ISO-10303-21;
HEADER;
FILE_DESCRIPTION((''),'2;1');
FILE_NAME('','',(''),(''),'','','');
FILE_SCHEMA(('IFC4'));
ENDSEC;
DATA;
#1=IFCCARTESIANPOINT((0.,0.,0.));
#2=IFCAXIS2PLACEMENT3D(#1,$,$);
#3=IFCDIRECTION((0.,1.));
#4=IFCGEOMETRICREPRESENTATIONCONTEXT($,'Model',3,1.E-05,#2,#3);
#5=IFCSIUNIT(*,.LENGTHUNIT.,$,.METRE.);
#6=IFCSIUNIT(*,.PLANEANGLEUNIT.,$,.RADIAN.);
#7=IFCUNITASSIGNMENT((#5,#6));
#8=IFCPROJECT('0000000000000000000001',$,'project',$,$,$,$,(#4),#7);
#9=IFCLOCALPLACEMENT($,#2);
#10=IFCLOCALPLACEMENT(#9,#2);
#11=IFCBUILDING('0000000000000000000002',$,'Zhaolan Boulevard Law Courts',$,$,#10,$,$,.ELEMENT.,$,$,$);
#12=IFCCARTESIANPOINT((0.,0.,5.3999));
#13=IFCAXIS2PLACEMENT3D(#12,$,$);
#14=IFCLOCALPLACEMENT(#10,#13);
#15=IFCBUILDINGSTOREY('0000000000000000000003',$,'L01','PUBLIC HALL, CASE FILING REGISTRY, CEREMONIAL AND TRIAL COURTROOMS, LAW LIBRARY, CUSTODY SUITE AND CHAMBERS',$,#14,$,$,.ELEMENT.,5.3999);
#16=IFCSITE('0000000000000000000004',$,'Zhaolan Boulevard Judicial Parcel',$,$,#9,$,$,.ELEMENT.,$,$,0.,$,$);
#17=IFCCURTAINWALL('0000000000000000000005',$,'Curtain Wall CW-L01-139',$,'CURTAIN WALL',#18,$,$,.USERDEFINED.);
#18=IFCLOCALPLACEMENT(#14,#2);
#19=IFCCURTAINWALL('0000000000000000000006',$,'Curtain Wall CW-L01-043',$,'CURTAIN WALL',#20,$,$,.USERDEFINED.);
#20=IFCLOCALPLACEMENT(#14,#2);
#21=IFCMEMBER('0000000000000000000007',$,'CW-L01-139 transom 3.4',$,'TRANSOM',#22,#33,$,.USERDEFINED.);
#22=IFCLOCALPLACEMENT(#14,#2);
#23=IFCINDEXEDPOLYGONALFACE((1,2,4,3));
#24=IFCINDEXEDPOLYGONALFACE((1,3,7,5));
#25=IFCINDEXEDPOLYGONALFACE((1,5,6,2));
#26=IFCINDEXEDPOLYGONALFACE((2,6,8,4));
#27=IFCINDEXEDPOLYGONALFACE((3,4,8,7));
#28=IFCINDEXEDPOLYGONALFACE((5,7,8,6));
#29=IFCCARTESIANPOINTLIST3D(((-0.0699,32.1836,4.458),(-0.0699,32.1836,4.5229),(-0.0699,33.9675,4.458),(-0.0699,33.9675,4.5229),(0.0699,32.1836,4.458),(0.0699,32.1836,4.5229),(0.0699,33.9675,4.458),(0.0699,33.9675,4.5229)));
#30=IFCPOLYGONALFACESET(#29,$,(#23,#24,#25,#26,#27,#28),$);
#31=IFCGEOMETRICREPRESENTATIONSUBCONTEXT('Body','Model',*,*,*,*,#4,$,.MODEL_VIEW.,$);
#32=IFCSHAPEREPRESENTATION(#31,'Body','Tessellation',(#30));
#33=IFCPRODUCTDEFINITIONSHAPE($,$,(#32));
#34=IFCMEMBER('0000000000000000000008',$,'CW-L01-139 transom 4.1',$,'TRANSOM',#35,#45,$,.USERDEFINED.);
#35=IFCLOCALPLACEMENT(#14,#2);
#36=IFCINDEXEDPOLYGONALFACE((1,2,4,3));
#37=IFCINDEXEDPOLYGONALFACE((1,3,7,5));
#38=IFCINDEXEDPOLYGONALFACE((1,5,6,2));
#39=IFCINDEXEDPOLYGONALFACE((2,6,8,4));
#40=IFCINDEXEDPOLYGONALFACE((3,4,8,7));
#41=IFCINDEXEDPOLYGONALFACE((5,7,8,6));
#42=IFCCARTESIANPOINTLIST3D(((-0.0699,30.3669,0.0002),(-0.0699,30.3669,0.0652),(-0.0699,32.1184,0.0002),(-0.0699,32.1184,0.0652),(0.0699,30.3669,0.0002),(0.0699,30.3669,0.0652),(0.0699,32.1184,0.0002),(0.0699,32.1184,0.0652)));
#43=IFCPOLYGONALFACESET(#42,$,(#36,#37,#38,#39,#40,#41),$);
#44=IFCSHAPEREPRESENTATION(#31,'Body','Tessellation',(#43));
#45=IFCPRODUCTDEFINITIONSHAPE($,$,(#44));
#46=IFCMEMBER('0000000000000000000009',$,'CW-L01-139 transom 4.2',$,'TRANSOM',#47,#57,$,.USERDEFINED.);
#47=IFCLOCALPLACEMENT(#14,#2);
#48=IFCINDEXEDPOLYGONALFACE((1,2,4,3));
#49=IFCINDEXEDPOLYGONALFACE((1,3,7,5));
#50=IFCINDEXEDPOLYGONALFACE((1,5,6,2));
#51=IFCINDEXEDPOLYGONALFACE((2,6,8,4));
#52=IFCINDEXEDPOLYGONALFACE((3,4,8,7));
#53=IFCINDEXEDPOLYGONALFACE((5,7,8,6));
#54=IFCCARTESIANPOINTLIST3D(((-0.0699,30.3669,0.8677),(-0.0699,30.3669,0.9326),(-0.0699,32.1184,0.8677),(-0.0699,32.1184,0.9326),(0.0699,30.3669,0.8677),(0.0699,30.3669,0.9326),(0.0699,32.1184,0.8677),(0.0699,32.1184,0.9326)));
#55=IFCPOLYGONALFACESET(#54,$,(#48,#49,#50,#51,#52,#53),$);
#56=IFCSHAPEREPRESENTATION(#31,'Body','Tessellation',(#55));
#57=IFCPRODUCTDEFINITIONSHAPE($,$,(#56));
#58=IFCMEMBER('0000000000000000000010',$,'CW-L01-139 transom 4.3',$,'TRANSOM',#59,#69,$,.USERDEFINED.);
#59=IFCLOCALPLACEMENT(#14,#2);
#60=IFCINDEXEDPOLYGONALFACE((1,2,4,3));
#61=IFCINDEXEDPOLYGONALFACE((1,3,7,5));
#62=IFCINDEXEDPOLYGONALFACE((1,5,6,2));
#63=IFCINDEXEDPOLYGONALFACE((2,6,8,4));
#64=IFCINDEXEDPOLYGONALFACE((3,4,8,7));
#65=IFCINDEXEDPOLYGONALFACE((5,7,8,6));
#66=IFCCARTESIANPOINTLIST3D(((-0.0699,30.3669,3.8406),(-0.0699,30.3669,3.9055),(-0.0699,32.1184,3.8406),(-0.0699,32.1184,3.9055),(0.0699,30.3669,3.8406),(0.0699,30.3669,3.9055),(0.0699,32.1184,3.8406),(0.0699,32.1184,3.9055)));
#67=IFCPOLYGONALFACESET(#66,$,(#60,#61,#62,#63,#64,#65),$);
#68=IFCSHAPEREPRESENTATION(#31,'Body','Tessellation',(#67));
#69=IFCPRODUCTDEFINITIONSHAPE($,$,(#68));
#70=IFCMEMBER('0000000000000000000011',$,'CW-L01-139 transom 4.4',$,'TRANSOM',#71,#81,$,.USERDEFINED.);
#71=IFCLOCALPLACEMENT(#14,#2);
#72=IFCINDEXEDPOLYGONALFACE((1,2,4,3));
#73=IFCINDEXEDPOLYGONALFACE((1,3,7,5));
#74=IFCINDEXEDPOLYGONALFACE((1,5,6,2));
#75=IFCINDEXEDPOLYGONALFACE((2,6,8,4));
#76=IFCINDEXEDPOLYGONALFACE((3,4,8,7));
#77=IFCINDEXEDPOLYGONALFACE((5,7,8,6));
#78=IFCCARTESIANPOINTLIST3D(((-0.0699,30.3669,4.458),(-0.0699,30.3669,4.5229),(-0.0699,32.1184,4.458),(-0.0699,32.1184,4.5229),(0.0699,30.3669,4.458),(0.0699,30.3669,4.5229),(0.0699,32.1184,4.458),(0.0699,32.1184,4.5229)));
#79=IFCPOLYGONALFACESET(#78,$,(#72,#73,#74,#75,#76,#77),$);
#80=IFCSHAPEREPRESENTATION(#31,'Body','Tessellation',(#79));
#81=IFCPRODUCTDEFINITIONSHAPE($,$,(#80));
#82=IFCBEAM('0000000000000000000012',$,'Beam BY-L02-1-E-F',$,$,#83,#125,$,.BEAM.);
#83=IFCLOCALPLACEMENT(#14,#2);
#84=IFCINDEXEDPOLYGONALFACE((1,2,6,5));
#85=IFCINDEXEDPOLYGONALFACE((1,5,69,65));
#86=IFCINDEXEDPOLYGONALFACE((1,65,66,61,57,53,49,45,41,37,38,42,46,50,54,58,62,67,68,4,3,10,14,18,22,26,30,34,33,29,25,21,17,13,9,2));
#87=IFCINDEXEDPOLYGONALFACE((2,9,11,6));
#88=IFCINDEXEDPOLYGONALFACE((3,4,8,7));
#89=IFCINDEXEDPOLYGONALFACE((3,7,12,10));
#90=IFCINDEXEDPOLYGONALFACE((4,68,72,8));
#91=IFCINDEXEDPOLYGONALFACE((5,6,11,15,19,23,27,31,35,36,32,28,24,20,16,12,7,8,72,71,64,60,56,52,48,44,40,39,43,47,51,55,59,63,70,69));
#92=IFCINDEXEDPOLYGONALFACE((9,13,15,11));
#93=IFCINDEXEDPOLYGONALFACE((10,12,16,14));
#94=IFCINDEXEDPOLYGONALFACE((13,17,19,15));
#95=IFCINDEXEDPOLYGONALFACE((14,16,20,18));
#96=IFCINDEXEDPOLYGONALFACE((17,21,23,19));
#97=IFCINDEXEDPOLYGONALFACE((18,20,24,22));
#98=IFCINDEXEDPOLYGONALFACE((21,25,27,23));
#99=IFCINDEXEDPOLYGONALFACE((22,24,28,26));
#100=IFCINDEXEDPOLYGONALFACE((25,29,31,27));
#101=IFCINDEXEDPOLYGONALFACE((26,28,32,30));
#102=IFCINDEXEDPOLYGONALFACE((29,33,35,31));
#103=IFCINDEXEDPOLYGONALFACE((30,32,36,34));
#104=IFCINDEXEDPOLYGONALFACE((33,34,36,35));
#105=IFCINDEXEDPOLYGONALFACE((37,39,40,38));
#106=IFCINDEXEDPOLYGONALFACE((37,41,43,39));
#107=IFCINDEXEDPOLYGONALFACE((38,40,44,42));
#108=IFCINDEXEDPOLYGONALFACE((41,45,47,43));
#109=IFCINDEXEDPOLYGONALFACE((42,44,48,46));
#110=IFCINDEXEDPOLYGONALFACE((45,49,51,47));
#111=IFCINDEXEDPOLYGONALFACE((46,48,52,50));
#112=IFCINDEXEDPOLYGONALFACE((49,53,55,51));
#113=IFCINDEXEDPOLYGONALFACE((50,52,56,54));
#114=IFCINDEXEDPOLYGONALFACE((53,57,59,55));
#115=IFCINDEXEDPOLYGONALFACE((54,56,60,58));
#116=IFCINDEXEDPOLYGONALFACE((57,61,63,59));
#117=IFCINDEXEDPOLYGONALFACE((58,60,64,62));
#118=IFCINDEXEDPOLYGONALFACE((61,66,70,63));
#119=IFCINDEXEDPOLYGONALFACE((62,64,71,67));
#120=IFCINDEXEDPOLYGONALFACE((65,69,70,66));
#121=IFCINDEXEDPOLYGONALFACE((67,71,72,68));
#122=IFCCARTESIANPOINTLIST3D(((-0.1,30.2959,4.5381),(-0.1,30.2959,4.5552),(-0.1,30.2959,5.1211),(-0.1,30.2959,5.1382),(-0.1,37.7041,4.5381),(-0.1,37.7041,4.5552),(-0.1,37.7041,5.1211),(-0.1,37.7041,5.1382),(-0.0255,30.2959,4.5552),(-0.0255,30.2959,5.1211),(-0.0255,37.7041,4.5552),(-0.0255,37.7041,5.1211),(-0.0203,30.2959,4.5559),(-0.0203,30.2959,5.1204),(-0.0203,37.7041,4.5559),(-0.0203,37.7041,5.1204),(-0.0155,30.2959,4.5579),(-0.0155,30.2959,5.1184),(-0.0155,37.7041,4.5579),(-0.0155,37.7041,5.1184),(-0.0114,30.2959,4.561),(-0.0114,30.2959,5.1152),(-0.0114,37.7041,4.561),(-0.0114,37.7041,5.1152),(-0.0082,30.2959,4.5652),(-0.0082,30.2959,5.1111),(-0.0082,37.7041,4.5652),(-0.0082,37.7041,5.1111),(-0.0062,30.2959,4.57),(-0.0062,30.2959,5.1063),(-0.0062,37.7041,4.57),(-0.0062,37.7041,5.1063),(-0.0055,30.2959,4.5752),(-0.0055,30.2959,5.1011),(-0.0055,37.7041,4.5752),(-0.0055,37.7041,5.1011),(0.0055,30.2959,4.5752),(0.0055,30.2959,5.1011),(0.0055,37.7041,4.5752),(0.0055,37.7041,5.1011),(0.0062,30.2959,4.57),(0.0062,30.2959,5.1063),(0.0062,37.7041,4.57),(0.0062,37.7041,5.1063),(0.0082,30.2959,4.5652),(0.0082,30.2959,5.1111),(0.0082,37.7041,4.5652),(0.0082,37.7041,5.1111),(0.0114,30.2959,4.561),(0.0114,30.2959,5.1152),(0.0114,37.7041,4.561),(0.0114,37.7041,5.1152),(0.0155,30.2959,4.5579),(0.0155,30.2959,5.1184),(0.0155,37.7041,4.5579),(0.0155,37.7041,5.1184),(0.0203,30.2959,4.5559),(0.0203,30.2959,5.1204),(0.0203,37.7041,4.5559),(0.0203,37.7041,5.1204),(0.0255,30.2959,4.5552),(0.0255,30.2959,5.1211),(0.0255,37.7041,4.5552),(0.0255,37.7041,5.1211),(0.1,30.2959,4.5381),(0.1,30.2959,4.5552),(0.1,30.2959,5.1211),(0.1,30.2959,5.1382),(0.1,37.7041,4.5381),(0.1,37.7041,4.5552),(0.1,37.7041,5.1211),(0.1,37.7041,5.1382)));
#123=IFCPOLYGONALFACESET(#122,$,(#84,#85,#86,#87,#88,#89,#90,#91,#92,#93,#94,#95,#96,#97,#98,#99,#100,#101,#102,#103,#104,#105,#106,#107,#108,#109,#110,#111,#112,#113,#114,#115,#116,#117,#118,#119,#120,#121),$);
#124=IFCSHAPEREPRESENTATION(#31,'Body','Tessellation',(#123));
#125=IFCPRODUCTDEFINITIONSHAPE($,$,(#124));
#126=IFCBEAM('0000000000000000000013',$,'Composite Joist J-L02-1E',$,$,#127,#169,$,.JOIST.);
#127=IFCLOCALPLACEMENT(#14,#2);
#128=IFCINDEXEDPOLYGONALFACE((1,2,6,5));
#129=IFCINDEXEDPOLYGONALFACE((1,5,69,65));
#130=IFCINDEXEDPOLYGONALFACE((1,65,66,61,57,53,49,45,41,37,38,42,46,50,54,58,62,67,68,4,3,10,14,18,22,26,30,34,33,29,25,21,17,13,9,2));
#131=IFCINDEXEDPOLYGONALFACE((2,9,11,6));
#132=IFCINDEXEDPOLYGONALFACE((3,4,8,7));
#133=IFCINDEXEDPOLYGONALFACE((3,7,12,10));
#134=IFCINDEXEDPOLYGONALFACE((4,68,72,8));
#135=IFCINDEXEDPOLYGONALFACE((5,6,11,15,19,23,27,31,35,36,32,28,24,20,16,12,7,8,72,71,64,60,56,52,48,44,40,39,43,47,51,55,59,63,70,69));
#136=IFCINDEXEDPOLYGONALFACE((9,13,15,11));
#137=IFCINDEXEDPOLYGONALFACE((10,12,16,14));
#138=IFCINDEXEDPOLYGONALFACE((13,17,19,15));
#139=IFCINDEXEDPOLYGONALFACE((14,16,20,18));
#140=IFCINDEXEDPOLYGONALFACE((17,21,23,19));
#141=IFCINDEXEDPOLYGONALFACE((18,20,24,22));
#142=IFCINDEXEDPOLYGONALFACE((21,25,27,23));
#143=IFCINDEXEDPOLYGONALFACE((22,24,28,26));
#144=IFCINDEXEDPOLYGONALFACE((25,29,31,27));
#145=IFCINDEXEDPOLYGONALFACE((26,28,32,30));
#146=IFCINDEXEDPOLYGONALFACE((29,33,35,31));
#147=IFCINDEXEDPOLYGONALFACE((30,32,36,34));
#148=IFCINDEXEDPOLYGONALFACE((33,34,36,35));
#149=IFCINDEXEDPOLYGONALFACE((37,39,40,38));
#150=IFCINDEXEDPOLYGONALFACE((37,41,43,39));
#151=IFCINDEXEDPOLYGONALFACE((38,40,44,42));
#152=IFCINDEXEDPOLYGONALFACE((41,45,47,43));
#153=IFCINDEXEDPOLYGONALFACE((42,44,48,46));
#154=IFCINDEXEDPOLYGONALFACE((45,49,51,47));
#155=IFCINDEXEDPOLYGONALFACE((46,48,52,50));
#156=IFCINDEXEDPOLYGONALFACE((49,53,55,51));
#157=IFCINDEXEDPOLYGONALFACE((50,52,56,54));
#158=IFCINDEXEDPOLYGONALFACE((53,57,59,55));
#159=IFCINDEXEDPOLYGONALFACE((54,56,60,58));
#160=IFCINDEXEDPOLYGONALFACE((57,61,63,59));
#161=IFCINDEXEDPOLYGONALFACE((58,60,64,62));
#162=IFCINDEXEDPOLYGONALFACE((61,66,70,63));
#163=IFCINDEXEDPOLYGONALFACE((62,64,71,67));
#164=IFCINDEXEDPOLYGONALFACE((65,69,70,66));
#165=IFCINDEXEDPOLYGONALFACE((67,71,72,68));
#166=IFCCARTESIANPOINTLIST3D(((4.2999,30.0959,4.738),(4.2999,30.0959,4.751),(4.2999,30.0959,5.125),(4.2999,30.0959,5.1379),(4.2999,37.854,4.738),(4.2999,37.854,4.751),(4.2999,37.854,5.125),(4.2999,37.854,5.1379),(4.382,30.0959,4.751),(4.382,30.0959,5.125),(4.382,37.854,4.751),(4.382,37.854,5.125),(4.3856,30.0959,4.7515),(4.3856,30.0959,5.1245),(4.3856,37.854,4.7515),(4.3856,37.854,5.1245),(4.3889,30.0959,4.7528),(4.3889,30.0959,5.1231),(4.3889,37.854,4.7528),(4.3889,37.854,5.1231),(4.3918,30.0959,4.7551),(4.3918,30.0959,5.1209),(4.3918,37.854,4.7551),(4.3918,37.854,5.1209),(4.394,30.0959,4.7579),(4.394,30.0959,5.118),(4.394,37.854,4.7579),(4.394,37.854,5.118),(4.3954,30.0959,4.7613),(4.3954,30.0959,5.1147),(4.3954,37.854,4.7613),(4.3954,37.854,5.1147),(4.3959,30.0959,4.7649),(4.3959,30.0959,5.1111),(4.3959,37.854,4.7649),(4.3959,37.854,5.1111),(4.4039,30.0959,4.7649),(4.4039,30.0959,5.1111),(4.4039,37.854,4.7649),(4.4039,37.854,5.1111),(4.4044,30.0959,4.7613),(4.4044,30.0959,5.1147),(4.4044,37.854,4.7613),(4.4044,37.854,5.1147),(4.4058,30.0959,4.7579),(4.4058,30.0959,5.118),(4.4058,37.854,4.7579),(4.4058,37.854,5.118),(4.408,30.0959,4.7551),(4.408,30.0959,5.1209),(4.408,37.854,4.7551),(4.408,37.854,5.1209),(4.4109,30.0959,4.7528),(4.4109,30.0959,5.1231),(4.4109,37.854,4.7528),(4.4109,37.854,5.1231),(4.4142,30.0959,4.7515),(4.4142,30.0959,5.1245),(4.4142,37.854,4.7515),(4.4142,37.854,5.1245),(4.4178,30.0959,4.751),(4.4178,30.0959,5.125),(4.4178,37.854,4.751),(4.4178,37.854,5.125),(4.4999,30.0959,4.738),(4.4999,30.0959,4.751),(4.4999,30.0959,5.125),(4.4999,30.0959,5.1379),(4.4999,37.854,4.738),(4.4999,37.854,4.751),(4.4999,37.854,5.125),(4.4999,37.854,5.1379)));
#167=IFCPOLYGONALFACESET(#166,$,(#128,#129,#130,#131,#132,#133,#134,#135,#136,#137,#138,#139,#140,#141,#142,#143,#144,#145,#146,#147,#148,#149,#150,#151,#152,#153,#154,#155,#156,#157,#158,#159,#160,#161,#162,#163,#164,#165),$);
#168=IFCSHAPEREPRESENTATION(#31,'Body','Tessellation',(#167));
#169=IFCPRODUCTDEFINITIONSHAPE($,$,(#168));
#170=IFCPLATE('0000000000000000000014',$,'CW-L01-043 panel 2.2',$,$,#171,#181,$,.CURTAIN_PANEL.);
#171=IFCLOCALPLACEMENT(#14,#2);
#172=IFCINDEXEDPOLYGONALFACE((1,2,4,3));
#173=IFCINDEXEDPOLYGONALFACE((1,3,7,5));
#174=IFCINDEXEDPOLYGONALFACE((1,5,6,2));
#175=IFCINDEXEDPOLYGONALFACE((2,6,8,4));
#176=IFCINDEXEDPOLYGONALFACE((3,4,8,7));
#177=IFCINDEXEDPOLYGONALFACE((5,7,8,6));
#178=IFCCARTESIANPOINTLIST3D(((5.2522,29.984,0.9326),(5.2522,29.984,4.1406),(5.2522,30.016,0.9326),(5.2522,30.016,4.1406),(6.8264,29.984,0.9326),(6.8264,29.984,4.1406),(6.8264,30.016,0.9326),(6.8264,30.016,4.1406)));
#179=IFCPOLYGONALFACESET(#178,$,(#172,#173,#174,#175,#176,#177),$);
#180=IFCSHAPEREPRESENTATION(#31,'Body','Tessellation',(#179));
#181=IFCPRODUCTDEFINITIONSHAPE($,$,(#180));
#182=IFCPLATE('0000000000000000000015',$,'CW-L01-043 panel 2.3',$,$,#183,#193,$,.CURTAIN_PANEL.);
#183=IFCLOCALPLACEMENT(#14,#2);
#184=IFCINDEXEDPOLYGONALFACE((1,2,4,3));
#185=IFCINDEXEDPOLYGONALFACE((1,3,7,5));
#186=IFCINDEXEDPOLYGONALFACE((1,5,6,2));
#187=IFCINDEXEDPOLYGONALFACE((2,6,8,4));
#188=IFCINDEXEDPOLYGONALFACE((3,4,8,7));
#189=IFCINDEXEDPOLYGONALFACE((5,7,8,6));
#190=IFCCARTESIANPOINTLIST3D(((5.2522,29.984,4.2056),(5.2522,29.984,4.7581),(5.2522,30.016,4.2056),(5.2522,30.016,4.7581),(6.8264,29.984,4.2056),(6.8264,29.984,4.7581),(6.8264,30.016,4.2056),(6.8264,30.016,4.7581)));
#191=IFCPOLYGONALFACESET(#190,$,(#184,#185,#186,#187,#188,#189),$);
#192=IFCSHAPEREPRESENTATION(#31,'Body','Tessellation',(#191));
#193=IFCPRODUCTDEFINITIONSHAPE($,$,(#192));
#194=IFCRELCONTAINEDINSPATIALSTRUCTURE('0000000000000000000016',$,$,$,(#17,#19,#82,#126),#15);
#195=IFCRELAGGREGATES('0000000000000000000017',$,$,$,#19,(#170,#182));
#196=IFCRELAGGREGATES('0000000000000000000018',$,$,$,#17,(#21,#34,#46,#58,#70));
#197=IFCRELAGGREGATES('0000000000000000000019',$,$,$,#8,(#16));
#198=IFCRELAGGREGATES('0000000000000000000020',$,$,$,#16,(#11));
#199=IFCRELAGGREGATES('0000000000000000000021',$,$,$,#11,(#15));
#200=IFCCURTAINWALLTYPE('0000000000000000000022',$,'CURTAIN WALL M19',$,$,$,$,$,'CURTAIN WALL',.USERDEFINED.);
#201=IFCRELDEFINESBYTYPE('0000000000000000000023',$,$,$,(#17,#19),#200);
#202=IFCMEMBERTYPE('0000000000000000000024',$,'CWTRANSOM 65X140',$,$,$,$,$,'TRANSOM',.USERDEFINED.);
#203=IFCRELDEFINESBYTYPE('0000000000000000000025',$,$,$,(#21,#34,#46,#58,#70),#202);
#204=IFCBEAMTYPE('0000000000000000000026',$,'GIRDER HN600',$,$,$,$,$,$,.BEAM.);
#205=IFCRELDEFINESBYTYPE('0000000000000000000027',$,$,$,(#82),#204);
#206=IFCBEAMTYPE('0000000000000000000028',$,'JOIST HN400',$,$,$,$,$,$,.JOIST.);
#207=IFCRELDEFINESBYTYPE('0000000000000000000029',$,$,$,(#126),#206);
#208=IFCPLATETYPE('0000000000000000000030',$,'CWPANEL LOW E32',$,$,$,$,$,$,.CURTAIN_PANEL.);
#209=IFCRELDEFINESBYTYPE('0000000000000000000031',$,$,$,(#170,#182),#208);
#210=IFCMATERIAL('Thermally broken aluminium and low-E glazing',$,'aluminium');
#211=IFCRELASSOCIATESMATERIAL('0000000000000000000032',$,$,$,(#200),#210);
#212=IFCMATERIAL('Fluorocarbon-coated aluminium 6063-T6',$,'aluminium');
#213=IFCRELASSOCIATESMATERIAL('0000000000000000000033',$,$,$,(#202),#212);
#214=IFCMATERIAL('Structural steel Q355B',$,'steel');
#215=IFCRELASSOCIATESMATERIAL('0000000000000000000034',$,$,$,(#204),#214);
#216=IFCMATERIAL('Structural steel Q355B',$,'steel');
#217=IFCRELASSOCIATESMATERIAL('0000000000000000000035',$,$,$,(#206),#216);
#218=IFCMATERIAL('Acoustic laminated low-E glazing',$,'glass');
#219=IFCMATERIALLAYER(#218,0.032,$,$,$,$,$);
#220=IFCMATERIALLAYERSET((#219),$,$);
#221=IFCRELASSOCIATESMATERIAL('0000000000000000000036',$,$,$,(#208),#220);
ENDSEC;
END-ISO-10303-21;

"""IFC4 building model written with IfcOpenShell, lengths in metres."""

from ifc_helpers import new_model, si_unit, direction, frame, origin, origin_2d, place, context, subcontext, project, spatial, rectangle, i_section, extrude, material, layer, layer_set, material_profile, profile_set, type_object, element, aggregate, save


model = new_model("IFC4")

# Units and contexts
model_context = context("Model", 3, precision=1e-05, world=origin(), true_north=direction((0.0, 1.0)))
body_context = subcontext(model_context, "Body", "Model", "MODEL_VIEW")
ifc_project = project(units=[si_unit("LENGTHUNIT", "METRE"), si_unit("PLANEANGLEUNIT", "RADIAN")], contexts=[model_context])

# Site, building, storey
site_placement = place(None, origin())
site = spatial("IfcSite", under=ifc_project, at=site_placement, Name="Zhaolan Boulevard Judicial Parcel", CompositionType="ELEMENT", RefElevation=0.0)
building_placement = place(site_placement, origin())
building = spatial("IfcBuilding", under=site, at=building_placement, Name="Zhaolan Boulevard Law Courts", CompositionType="ELEMENT")
storey_placement = place(building_placement, frame((0.0, 0.0, 5.3999)))
storey = spatial("IfcBuildingStorey", under=building, at=storey_placement, Name="L01", Description="PUBLIC HALL, CASE FILING REGISTRY, CEREMONIAL AND TRIAL COURTROOMS, LAW LIBRARY, CUSTODY SUITE AND CHAMBERS", CompositionType="ELEMENT", Elevation=5.3999)

# Curtain walls
ifc_material_1 = material(Name="Thermally broken aluminium and low-E glazing", Category="aluminium")
curtain_wall_type = type_object("IfcCurtainWallType", Name="CURTAIN WALL M19", ElementType="CURTAIN WALL", PredefinedType="USERDEFINED", material=ifc_material_1)
curtain_wall_1_placement = place(storey_placement, origin())
curtain_wall_1 = element("IfcCurtainWall", 1, at=curtain_wall_1_placement, inside=storey, type_object=curtain_wall_type, Name="Curtain Wall CW-L01-139", ObjectType="CURTAIN WALL", PredefinedType="USERDEFINED")
curtain_wall_2_placement = place(storey_placement, origin())
curtain_wall_2 = element("IfcCurtainWall", 2, at=curtain_wall_2_placement, inside=storey, type_object=curtain_wall_type, Name="Curtain Wall CW-L01-043", ObjectType="CURTAIN WALL", PredefinedType="USERDEFINED")
ifc_material_2 = material(Name="Fluorocarbon-coated aluminium 6063-T6", Category="aluminium")
ifc_material_profile_1 = material_profile(ifc_material_2, rectangle(XDim=0.1399, YDim=0.0649, at=origin_2d()), Name="AL65x140")
ifc_profile_set_1 = profile_set([ifc_material_profile_1], Name="Fluorocarbon-coated aluminium 6063-T6")
member_type_1 = type_object("IfcMemberType", Name="CWTRANSOM 65X140", ElementType="TRANSOM", PredefinedType="USERDEFINED", material=ifc_profile_set_1)

# Members
member_1_placement = place(storey_placement, frame((0.0, 33.9675, 4.4905), z_axis=(0.0, -1.0, 0.0), x_axis=(1.0, 0.0, 0.0)))
member_1 = element("IfcMember", 3, at=member_1_placement, type_object=member_type_1, Name="CW-L01-139 transom 3.4", ObjectType="TRANSOM", PredefinedType="USERDEFINED", context=body_context, shape_type="SweptSolid", body=[
    extrude(rectangle(XDim=0.1399, YDim=0.0649, at=origin_2d()), origin(), (0.0, 0.0, 1.0), 1.7839),
])
member_2_placement = place(storey_placement, frame((0.0, 32.1184, 0.0327), z_axis=(0.0, -1.0, 0.0), x_axis=(1.0, 0.0, 0.0)))
member_2 = element("IfcMember", 4, at=member_2_placement, type_object=member_type_1, Name="CW-L01-139 transom 4.1", ObjectType="TRANSOM", PredefinedType="USERDEFINED", context=body_context, shape_type="SweptSolid", body=[
    extrude(rectangle(XDim=0.1399, YDim=0.0649, at=origin_2d()), origin(), (0.0, 0.0, 1.0), 1.7515),
])
member_3_placement = place(storey_placement, frame((0.0, 32.1184, 0.9001), z_axis=(0.0, -1.0, 0.0), x_axis=(1.0, 0.0, 0.0)))
member_3 = element("IfcMember", 5, at=member_3_placement, type_object=member_type_1, Name="CW-L01-139 transom 4.2", ObjectType="TRANSOM", PredefinedType="USERDEFINED", context=body_context, shape_type="SweptSolid", body=[
    extrude(rectangle(XDim=0.1399, YDim=0.0649, at=origin_2d()), origin(), (0.0, 0.0, 1.0), 1.7515),
])
member_4_placement = place(storey_placement, frame((0.0, 32.1184, 3.873), z_axis=(0.0, -1.0, 0.0), x_axis=(1.0, 0.0, 0.0)))
member_4 = element("IfcMember", 6, at=member_4_placement, type_object=member_type_1, Name="CW-L01-139 transom 4.3", ObjectType="TRANSOM", PredefinedType="USERDEFINED", context=body_context, shape_type="SweptSolid", body=[
    extrude(rectangle(XDim=0.1399, YDim=0.0649, at=origin_2d()), origin(), (0.0, 0.0, 1.0), 1.7515),
])
member_5_placement = place(storey_placement, frame((0.0, 32.1184, 4.4905), z_axis=(0.0, -1.0, 0.0), x_axis=(1.0, 0.0, 0.0)))
member_5 = element("IfcMember", 7, at=member_5_placement, type_object=member_type_1, Name="CW-L01-139 transom 4.4", ObjectType="TRANSOM", PredefinedType="USERDEFINED", context=body_context, shape_type="SweptSolid", body=[
    extrude(rectangle(XDim=0.1399, YDim=0.0649, at=origin_2d()), origin(), (0.0, 0.0, 1.0), 1.7515),
])

# Beams
ifc_material_3 = material(Name="Structural steel Q355B", Category="steel")
ifc_material_profile_2 = material_profile(ifc_material_3, i_section(OverallWidth=0.2, OverallDepth=0.6001, WebThickness=0.011, FlangeThickness=0.0171, FilletRadius=0.02, at=origin_2d()), Name="HN600x200")
ifc_profile_set_2 = profile_set([ifc_material_profile_2], Name="Structural steel Q355B")
beam_type_1 = type_object("IfcBeamType", Name="GIRDER HN600", PredefinedType="BEAM", material=ifc_profile_set_2)
beam_1_placement = place(storey_placement, frame((0.0, 30.2959, 4.8381), z_axis=(0.0, 1.0, 0.0), x_axis=(-1.0, 0.0, 0.0)))
element("IfcBeam", 8, at=beam_1_placement, inside=storey, type_object=beam_type_1, Name="Beam BY-L02-1-E-F", PredefinedType="BEAM", context=body_context, shape_type="SweptSolid", body=[
    extrude(i_section(OverallWidth=0.2, OverallDepth=0.6001, WebThickness=0.011, FlangeThickness=0.0171, FilletRadius=0.02, at=origin_2d()), origin(), (0.0, 0.0, 1.0), 7.4082),
])
ifc_material_4 = material(Name="Structural steel Q355B", Category="steel")
ifc_material_profile_3 = material_profile(ifc_material_4, i_section(OverallWidth=0.2, OverallDepth=0.3999, WebThickness=0.0081, FlangeThickness=0.0129, FilletRadius=0.0139, at=origin_2d()), Name="HN400x200")
ifc_profile_set_3 = profile_set([ifc_material_profile_3], Name="Structural steel Q355B")
beam_type_2 = type_object("IfcBeamType", Name="JOIST HN400", PredefinedType="JOIST", material=ifc_profile_set_3)
beam_2_placement = place(storey_placement, frame((4.3999, 30.0959, 4.938), z_axis=(0.0, 1.0, 0.0), x_axis=(-1.0, 0.0, 0.0)))
element("IfcBeam", 9, at=beam_2_placement, inside=storey, type_object=beam_type_2, Name="Composite Joist J-L02-1E", PredefinedType="JOIST", context=body_context, shape_type="SweptSolid", body=[
    extrude(i_section(OverallWidth=0.2, OverallDepth=0.3999, WebThickness=0.0081, FlangeThickness=0.0129, FilletRadius=0.0139, at=origin_2d()), origin(), (0.0, 0.0, 1.0), 7.7581),
])

# Plates
ifc_material_5 = material(Name="Acoustic laminated low-E glazing", Category="glass")
ifc_layer_1 = layer(ifc_material_5, 0.032)
ifc_layer_set_1 = layer_set([ifc_layer_1])
plate_type = type_object("IfcPlateType", Name="CWPANEL LOW E32", PredefinedType="CURTAIN_PANEL", material=ifc_layer_set_1)
plate_1_placement = place(storey_placement, frame((6.0393, 30.0, 0.9326), z_axis=(0.0, 0.0, 1.0), x_axis=(-1.0, 0.0, 0.0)))
plate_1 = element("IfcPlate", 10, at=plate_1_placement, type_object=plate_type, Name="CW-L01-043 panel 2.2", PredefinedType="CURTAIN_PANEL", context=body_context, shape_type="SweptSolid", body=[
    extrude(rectangle(XDim=1.5742, YDim=0.032, at=origin_2d()), origin(), (0.0, 0.0, 1.0), 3.208),
])
plate_2_placement = place(storey_placement, frame((6.0393, 30.0, 4.2056), z_axis=(0.0, 0.0, 1.0), x_axis=(-1.0, 0.0, 0.0)))
plate_2 = element("IfcPlate", 11, at=plate_2_placement, type_object=plate_type, Name="CW-L01-043 panel 2.3", PredefinedType="CURTAIN_PANEL", context=body_context, shape_type="SweptSolid", body=[
    extrude(rectangle(XDim=1.5742, YDim=0.032, at=origin_2d()), origin(), (0.0, 0.0, 1.0), 0.5525),
])
aggregate(curtain_wall_2, [plate_1, plate_2])
aggregate(curtain_wall_1, [member_1, member_2, member_3, member_4, member_5])

save(model, "model.ifc")
